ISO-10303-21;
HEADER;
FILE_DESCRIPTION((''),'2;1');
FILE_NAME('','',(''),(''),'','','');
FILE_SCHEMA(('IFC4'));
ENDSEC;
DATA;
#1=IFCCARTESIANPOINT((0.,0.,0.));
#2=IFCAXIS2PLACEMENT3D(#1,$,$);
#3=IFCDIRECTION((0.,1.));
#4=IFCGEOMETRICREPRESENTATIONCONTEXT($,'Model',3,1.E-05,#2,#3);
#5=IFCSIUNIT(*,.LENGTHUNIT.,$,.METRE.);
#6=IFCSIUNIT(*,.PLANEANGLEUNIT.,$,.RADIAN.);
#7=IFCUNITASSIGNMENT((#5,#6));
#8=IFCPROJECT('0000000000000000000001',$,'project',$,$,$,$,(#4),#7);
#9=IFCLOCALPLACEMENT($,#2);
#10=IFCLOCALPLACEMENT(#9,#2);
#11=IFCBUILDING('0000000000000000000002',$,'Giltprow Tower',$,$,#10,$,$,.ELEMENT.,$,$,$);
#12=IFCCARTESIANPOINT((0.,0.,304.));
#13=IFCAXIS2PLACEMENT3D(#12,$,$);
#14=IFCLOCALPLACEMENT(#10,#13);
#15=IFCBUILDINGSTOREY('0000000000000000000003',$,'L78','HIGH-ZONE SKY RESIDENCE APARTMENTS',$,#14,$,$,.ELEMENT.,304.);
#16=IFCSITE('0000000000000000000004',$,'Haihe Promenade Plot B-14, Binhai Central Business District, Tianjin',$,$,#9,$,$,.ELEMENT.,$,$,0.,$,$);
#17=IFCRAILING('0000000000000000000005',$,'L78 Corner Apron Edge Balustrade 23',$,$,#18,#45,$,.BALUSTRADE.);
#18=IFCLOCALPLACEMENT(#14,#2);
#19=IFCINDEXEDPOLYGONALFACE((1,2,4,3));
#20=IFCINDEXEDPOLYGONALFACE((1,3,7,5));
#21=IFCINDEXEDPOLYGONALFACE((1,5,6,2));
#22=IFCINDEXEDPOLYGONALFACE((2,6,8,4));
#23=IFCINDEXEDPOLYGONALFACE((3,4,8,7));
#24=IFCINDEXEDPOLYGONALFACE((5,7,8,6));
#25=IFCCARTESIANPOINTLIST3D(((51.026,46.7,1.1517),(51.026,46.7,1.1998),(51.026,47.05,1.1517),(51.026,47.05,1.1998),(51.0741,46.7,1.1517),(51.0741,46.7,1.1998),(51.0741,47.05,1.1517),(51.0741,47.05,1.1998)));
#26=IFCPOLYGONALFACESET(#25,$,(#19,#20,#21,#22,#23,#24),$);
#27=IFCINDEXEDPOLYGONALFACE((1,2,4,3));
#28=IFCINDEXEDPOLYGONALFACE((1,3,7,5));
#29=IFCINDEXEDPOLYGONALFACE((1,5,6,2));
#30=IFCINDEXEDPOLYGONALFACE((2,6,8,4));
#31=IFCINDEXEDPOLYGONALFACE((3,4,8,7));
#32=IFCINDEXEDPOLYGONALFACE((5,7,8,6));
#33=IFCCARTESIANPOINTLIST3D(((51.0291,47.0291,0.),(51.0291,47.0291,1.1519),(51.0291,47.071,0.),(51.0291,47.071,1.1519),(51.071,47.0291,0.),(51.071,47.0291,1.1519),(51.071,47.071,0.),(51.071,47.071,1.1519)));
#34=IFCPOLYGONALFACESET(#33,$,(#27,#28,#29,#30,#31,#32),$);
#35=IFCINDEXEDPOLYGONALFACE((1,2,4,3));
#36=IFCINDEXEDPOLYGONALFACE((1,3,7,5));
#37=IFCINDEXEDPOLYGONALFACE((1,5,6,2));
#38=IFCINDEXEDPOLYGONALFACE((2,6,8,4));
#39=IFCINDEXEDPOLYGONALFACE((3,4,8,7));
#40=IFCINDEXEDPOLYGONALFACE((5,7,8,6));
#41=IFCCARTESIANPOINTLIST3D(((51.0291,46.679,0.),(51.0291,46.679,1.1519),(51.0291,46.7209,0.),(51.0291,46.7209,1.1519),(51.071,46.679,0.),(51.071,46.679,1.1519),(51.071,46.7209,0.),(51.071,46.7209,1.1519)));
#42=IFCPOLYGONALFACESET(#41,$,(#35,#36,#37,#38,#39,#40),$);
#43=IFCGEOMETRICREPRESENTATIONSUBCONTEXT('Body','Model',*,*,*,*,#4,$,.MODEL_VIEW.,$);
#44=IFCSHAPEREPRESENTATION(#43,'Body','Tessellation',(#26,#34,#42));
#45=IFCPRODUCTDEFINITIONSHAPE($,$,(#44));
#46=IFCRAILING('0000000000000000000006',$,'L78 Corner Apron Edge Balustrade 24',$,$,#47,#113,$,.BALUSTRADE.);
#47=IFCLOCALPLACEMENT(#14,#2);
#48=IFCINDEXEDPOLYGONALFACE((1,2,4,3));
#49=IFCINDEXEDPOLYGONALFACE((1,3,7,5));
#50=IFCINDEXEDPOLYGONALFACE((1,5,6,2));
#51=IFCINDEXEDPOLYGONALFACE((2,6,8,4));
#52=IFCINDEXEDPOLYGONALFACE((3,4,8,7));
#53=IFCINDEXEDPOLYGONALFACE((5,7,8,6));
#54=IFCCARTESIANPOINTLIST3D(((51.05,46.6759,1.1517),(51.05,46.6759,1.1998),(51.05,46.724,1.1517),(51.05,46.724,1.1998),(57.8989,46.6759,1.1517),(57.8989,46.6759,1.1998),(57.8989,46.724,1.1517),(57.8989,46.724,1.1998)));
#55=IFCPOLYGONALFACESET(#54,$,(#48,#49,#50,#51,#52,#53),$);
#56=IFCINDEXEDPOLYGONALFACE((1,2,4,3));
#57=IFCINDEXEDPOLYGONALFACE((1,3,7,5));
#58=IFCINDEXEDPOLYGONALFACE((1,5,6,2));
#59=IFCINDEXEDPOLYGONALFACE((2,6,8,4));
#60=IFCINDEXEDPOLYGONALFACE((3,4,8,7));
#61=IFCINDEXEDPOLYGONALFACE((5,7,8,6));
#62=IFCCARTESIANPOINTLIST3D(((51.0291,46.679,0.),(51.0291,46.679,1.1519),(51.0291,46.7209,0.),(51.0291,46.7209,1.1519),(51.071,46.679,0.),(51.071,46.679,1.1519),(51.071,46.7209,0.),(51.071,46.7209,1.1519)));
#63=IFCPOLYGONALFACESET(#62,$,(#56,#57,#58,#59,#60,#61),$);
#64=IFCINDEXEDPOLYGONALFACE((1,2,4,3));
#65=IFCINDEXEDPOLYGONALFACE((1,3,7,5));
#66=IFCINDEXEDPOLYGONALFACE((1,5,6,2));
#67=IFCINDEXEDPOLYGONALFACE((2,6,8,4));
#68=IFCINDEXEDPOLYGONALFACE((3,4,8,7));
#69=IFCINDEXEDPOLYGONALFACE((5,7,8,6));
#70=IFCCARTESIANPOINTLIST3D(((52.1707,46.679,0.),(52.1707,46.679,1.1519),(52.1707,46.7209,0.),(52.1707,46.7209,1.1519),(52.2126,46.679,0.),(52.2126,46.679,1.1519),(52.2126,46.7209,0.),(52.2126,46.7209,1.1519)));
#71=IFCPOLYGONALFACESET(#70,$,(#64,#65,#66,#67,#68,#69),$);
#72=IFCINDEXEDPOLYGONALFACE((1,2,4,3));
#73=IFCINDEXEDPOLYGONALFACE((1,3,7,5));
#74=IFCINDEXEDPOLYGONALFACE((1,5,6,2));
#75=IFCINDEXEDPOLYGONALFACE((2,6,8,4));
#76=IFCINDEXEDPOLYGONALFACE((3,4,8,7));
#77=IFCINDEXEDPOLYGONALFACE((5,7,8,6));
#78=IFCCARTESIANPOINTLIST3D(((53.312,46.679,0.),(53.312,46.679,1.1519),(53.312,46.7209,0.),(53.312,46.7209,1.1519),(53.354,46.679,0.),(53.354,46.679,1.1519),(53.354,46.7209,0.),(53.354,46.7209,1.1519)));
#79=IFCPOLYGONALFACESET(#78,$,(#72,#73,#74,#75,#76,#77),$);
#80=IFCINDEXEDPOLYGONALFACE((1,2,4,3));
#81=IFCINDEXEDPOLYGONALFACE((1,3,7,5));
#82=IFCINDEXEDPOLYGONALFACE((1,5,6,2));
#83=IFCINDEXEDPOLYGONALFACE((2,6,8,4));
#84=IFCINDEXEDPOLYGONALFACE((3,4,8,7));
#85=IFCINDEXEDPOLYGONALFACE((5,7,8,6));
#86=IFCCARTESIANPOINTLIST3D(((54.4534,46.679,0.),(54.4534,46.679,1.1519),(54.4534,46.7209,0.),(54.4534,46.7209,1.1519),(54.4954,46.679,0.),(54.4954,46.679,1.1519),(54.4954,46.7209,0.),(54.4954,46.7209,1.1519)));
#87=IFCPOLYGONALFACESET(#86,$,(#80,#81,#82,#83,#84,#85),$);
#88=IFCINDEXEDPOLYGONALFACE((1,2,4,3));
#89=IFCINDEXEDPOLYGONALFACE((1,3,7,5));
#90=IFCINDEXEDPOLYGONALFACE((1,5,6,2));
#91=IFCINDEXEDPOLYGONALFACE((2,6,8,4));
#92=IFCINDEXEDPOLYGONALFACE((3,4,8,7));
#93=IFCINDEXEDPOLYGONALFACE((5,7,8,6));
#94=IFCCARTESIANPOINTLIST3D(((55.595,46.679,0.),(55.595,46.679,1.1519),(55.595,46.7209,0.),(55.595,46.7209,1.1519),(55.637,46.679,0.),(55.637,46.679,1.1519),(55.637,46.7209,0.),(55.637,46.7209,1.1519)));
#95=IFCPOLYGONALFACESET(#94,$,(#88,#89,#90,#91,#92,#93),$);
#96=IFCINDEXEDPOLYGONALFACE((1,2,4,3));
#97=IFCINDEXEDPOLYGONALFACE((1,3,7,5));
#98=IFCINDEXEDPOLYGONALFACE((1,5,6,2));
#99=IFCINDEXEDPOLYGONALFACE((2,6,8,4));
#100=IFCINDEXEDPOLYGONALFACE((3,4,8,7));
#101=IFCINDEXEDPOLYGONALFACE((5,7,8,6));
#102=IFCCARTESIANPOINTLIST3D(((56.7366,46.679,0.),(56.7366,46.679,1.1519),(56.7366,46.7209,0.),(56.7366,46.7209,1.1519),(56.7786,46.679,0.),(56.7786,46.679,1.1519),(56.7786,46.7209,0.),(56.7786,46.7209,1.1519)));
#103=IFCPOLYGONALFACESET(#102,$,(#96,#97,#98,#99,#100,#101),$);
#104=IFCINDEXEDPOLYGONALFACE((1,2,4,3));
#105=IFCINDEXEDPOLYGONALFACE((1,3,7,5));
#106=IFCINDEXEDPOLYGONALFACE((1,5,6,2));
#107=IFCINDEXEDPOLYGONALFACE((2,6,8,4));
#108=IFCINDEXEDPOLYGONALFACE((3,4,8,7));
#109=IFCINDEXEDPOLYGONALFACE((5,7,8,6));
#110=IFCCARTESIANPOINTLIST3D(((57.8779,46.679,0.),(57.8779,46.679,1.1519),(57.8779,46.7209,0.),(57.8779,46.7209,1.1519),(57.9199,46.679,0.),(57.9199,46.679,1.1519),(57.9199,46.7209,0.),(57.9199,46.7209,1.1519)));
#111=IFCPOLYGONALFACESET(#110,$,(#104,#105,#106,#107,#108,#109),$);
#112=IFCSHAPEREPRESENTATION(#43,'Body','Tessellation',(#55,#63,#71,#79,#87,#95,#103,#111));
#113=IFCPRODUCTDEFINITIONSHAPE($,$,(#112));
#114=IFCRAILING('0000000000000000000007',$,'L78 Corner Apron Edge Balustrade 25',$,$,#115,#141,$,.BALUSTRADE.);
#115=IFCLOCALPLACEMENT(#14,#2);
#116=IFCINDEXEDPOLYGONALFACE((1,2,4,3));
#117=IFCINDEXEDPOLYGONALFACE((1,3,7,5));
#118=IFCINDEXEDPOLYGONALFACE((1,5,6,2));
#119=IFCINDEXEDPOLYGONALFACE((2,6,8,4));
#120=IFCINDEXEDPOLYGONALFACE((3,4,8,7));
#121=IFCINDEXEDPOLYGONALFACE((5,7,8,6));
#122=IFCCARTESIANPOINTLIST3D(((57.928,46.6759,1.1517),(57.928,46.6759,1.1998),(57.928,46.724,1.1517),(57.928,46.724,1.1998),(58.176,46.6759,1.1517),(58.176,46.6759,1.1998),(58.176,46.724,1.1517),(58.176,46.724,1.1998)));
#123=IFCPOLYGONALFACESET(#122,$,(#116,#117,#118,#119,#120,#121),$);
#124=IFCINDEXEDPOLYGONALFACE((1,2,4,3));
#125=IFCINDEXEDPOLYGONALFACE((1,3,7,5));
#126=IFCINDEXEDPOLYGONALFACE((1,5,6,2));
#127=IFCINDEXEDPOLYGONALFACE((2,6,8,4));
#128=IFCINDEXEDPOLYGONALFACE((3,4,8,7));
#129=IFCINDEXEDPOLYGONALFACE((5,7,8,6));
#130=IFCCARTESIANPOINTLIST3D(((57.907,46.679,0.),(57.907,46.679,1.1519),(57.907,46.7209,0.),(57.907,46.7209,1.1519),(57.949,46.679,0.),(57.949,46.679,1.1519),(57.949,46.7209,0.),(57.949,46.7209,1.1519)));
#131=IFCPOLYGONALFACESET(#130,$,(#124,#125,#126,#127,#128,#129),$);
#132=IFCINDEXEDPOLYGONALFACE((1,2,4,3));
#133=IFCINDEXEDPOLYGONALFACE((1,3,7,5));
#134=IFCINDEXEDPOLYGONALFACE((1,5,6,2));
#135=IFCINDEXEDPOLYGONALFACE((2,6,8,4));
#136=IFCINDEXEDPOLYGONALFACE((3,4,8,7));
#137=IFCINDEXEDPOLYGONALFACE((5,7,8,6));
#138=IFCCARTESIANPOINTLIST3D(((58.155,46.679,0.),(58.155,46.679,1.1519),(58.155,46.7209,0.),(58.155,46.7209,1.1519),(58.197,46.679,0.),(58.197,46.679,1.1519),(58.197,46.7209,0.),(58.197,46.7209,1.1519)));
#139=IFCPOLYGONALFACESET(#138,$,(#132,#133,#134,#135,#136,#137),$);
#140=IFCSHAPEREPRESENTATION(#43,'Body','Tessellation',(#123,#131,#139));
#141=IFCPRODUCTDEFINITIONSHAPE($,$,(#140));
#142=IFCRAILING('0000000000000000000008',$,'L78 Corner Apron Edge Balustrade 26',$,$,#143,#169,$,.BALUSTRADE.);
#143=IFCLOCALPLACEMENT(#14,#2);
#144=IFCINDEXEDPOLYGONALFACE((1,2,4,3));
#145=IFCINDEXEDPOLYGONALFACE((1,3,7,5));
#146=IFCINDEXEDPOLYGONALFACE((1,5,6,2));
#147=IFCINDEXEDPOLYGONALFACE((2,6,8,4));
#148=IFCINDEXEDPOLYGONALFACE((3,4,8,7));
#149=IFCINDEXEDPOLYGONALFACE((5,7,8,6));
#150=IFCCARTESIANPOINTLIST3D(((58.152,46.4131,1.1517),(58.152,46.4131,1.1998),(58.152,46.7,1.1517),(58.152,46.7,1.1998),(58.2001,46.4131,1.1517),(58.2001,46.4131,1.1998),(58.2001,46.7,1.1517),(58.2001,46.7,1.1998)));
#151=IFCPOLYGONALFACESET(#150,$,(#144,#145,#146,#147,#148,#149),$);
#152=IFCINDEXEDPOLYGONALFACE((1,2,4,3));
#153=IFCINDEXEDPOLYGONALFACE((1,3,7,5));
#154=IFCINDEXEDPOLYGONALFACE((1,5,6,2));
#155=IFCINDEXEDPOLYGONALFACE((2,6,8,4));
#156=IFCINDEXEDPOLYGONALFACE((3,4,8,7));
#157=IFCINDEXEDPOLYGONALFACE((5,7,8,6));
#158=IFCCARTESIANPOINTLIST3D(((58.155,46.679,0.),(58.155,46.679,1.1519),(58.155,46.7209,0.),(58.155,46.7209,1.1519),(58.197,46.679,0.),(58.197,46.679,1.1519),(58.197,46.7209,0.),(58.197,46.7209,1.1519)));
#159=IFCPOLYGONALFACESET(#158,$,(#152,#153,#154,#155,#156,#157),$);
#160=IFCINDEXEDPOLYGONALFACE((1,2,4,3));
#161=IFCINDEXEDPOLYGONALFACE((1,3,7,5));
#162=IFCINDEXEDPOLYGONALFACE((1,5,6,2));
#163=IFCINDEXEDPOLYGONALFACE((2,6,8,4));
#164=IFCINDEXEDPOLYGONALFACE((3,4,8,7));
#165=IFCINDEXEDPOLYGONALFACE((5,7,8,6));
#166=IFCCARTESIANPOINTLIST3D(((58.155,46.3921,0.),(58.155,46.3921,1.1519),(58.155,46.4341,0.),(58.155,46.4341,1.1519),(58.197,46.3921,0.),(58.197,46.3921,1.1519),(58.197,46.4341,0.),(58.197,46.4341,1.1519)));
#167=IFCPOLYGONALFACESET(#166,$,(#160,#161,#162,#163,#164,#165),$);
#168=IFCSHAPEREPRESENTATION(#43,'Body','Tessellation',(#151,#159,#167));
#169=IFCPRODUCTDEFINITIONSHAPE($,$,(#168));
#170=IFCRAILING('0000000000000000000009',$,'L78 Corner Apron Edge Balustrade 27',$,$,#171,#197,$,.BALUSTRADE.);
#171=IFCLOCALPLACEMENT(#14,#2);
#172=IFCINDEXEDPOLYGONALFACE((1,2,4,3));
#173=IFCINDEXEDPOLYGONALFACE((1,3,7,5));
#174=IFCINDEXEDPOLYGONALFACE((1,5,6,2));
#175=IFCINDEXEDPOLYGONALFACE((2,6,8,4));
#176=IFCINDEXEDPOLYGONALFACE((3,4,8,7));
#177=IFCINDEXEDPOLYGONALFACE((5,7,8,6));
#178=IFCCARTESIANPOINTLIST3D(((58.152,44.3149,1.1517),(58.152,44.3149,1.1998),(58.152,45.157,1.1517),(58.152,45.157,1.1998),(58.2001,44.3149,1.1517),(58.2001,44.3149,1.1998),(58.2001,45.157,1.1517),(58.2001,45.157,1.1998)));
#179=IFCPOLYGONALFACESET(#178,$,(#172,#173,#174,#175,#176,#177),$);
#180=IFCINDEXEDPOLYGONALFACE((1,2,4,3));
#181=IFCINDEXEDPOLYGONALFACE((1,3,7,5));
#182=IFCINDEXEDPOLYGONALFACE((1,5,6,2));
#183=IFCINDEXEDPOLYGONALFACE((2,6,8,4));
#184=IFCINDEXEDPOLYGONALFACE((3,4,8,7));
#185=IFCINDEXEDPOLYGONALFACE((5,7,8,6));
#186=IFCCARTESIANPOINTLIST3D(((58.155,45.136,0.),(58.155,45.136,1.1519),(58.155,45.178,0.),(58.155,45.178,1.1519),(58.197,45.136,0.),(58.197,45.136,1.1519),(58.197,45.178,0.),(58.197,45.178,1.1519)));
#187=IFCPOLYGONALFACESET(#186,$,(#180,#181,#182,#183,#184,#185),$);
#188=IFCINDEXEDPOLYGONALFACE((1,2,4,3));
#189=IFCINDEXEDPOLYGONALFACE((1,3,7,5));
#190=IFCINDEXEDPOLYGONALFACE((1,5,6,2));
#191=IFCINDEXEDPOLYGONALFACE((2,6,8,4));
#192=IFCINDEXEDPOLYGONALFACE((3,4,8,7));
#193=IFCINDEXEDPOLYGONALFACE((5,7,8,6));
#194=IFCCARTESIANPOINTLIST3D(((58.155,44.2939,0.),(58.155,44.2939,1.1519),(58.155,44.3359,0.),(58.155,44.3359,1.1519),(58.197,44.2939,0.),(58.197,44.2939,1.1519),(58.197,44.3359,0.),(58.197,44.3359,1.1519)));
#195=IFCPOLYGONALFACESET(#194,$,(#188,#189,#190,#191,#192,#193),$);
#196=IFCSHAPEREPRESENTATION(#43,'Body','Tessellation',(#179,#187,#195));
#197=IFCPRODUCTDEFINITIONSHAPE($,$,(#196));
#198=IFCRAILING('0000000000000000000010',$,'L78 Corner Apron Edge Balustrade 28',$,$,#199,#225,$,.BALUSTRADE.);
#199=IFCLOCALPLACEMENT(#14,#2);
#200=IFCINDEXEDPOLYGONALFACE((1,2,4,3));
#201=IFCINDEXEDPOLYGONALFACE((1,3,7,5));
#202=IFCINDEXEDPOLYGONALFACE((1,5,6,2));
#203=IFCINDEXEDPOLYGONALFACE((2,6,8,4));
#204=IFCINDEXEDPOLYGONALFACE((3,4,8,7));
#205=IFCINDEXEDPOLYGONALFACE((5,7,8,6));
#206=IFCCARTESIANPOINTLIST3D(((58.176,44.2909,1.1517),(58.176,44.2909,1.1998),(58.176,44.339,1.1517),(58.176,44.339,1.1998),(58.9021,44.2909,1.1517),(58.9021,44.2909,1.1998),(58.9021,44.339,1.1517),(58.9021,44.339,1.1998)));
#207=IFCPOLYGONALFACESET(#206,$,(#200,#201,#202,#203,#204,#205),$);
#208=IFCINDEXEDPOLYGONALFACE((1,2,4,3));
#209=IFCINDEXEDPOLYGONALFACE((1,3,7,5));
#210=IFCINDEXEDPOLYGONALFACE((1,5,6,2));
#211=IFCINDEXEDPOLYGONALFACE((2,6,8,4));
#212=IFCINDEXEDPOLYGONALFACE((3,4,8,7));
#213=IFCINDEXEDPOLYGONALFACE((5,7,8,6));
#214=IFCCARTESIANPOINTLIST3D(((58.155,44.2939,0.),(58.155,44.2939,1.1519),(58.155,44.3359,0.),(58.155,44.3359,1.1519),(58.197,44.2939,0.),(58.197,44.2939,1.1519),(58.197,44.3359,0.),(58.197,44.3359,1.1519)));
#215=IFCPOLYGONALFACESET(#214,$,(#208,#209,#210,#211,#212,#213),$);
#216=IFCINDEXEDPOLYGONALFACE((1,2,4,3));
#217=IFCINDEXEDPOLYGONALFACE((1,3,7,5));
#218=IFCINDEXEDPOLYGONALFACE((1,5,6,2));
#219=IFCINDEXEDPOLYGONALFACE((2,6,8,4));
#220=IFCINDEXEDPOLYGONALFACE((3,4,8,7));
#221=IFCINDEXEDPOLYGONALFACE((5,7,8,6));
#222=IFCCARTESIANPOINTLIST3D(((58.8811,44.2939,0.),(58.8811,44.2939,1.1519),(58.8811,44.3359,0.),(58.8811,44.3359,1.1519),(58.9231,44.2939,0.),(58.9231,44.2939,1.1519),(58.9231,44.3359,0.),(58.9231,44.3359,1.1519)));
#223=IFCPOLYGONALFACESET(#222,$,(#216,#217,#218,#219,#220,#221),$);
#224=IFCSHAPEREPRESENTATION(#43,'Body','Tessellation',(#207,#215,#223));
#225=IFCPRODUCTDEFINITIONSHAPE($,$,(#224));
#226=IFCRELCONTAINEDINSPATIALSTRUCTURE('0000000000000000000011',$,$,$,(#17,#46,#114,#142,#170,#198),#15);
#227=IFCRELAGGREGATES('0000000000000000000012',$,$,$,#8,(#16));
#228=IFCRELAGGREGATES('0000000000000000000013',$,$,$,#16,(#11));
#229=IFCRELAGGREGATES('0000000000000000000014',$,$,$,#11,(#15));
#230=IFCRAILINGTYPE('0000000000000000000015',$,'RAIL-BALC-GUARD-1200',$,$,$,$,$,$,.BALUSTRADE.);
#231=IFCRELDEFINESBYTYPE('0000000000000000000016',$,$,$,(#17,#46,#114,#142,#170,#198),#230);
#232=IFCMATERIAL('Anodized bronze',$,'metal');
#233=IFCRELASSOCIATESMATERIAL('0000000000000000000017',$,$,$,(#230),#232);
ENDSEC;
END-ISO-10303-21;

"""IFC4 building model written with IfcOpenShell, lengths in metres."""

from ifc_helpers import new_model, si_unit, direction, frame, origin, origin_2d, place, context, subcontext, project, spatial, rectangle, extrude, material, type_object, element, save


model = new_model("IFC4")

# Units and contexts
model_context = context("Model", 3, precision=1e-05, world=origin(), true_north=direction((0.0, 1.0)))
body_context = subcontext(model_context, "Body", "Model", "MODEL_VIEW")
ifc_project = project(units=[si_unit("LENGTHUNIT", "METRE"), si_unit("PLANEANGLEUNIT", "RADIAN")], contexts=[model_context])

# Site, building, storey
site_placement = place(None, origin())
site = spatial("IfcSite", under=ifc_project, at=site_placement, Name="Haihe Promenade Plot B-14, Binhai Central Business District, Tianjin", CompositionType="ELEMENT", RefElevation=0.0)
building_placement = place(site_placement, origin())
building = spatial("IfcBuilding", under=site, at=building_placement, Name="Giltprow Tower", CompositionType="ELEMENT")
storey_placement = place(building_placement, frame((0.0, 0.0, 304.0)))
storey = spatial("IfcBuildingStorey", under=building, at=storey_placement, Name="L78", Description="HIGH-ZONE SKY RESIDENCE APARTMENTS", CompositionType="ELEMENT", Elevation=304.0)

# Railings
ifc_material_1 = material(Name="Anodized bronze", Category="metal")
railing_type = type_object("IfcRailingType", Name="RAIL-BALC-GUARD-1200", PredefinedType="BALUSTRADE", material=ifc_material_1)
railing_1_placement = place(storey_placement, frame((51.05, 47.05, 0.0)))
element("IfcRailing", 1, at=railing_1_placement, inside=storey, type_object=railing_type, Name="L78 Corner Apron Edge Balustrade 23", PredefinedType="BALUSTRADE", context=body_context, shape_type="SweptSolid", body=[
    extrude(rectangle(XDim=0.0481, YDim=0.0481, at=origin_2d()), frame((0.0, 0.0, 1.1758), z_axis=(0.0, -1.0, 0.0), x_axis=(1.0, 0.0, 0.0)), (0.0, 0.0, 1.0), 0.3501),
    extrude(rectangle(XDim=0.042, YDim=0.042, at=origin_2d()), origin(), (0.0, 0.0, 1.0), 1.1519),
    extrude(rectangle(XDim=0.042, YDim=0.042, at=origin_2d()), frame((0.0, -0.3501, 0.0)), (0.0, 0.0, 1.0), 1.1519),
])
railing_2_placement = place(storey_placement, frame((51.05, 46.7, 0.0)))
element("IfcRailing", 2, at=railing_2_placement, inside=storey, type_object=railing_type, Name="L78 Corner Apron Edge Balustrade 24", PredefinedType="BALUSTRADE", context=body_context, shape_type="SweptSolid", body=[
    extrude(rectangle(XDim=0.0481, YDim=0.0481, at=origin_2d()), frame((0.0, 0.0, 1.1758), z_axis=(1.0, 0.0, 0.0), x_axis=(0.0, 1.0, 0.0)), (0.0, 0.0, 1.0), 6.8489),
    extrude(rectangle(XDim=0.042, YDim=0.042, at=origin_2d()), origin(), (0.0, 0.0, 1.0), 1.1519),
    extrude(rectangle(XDim=0.042, YDim=0.042, at=origin_2d()), frame((1.1416, 0.0, 0.0)), (0.0, 0.0, 1.0), 1.1519),
    extrude(rectangle(XDim=0.042, YDim=0.042, at=origin_2d()), frame((2.283, 0.0, 0.0)), (0.0, 0.0, 1.0), 1.1519),
    extrude(rectangle(XDim=0.042, YDim=0.042, at=origin_2d()), frame((3.4243, 0.0, 0.0)), (0.0, 0.0, 1.0), 1.1519),
    extrude(rectangle(XDim=0.042, YDim=0.042, at=origin_2d()), frame((4.5659, 0.0, 0.0)), (0.0, 0.0, 1.0), 1.1519),
    extrude(rectangle(XDim=0.042, YDim=0.042, at=origin_2d()), frame((5.7075, 0.0, 0.0)), (0.0, 0.0, 1.0), 1.1519),
    extrude(rectangle(XDim=0.042, YDim=0.042, at=origin_2d()), frame((6.8489, 0.0, 0.0)), (0.0, 0.0, 1.0), 1.1519),
])
railing_3_placement = place(storey_placement, frame((57.928, 46.7, 0.0)))
element("IfcRailing", 3, at=railing_3_placement, inside=storey, type_object=railing_type, Name="L78 Corner Apron Edge Balustrade 25", PredefinedType="BALUSTRADE", context=body_context, shape_type="SweptSolid", body=[
    extrude(rectangle(XDim=0.0481, YDim=0.0481, at=origin_2d()), frame((0.0, 0.0, 1.1758), z_axis=(1.0, 0.0, 0.0), x_axis=(0.0, 1.0, 0.0)), (0.0, 0.0, 1.0), 0.248),
    extrude(rectangle(XDim=0.042, YDim=0.042, at=origin_2d()), origin(), (0.0, 0.0, 1.0), 1.1519),
    extrude(rectangle(XDim=0.042, YDim=0.042, at=origin_2d()), frame((0.248, 0.0, 0.0)), (0.0, 0.0, 1.0), 1.1519),
])
railing_4_placement = place(storey_placement, frame((58.176, 46.7, 0.0)))
element("IfcRailing", 4, at=railing_4_placement, inside=storey, type_object=railing_type, Name="L78 Corner Apron Edge Balustrade 26", PredefinedType="BALUSTRADE", context=body_context, shape_type="SweptSolid", body=[
    extrude(rectangle(XDim=0.0481, YDim=0.0481, at=origin_2d()), frame((0.0, 0.0, 1.1758), z_axis=(0.0, -1.0, 0.0), x_axis=(1.0, 0.0, 0.0)), (0.0, 0.0, 1.0), 0.2869),
    extrude(rectangle(XDim=0.042, YDim=0.042, at=origin_2d()), origin(), (0.0, 0.0, 1.0), 1.1519),
    extrude(rectangle(XDim=0.042, YDim=0.042, at=origin_2d()), frame((0.0, -0.2869, 0.0)), (0.0, 0.0, 1.0), 1.1519),
])
railing_5_placement = place(storey_placement, frame((58.176, 45.157, 0.0)))
element("IfcRailing", 5, at=railing_5_placement, inside=storey, type_object=railing_type, Name="L78 Corner Apron Edge Balustrade 27", PredefinedType="BALUSTRADE", context=body_context, shape_type="SweptSolid", body=[
    extrude(rectangle(XDim=0.0481, YDim=0.0481, at=origin_2d()), frame((0.0, 0.0, 1.1758), z_axis=(0.0, -1.0, 0.0), x_axis=(1.0, 0.0, 0.0)), (0.0, 0.0, 1.0), 0.842),
    extrude(rectangle(XDim=0.042, YDim=0.042, at=origin_2d()), origin(), (0.0, 0.0, 1.0), 1.1519),
    extrude(rectangle(XDim=0.042, YDim=0.042, at=origin_2d()), frame((0.0, -0.842, 0.0)), (0.0, 0.0, 1.0), 1.1519),
])
railing_6_placement = place(storey_placement, frame((58.176, 44.3149, 0.0)))
element("IfcRailing", 6, at=railing_6_placement, inside=storey, type_object=railing_type, Name="L78 Corner Apron Edge Balustrade 28", PredefinedType="BALUSTRADE", context=body_context, shape_type="SweptSolid", body=[
    extrude(rectangle(XDim=0.0481, YDim=0.0481, at=origin_2d()), frame((0.0, 0.0, 1.1758), z_axis=(1.0, 0.0, 0.0), x_axis=(0.0, 1.0, 0.0)), (0.0, 0.0, 1.0), 0.7261),
    extrude(rectangle(XDim=0.042, YDim=0.042, at=origin_2d()), origin(), (0.0, 0.0, 1.0), 1.1519),
    extrude(rectangle(XDim=0.042, YDim=0.042, at=origin_2d()), frame((0.7261, 0.0, 0.0)), (0.0, 0.0, 1.0), 1.1519),
])

save(model, "model.ifc")
